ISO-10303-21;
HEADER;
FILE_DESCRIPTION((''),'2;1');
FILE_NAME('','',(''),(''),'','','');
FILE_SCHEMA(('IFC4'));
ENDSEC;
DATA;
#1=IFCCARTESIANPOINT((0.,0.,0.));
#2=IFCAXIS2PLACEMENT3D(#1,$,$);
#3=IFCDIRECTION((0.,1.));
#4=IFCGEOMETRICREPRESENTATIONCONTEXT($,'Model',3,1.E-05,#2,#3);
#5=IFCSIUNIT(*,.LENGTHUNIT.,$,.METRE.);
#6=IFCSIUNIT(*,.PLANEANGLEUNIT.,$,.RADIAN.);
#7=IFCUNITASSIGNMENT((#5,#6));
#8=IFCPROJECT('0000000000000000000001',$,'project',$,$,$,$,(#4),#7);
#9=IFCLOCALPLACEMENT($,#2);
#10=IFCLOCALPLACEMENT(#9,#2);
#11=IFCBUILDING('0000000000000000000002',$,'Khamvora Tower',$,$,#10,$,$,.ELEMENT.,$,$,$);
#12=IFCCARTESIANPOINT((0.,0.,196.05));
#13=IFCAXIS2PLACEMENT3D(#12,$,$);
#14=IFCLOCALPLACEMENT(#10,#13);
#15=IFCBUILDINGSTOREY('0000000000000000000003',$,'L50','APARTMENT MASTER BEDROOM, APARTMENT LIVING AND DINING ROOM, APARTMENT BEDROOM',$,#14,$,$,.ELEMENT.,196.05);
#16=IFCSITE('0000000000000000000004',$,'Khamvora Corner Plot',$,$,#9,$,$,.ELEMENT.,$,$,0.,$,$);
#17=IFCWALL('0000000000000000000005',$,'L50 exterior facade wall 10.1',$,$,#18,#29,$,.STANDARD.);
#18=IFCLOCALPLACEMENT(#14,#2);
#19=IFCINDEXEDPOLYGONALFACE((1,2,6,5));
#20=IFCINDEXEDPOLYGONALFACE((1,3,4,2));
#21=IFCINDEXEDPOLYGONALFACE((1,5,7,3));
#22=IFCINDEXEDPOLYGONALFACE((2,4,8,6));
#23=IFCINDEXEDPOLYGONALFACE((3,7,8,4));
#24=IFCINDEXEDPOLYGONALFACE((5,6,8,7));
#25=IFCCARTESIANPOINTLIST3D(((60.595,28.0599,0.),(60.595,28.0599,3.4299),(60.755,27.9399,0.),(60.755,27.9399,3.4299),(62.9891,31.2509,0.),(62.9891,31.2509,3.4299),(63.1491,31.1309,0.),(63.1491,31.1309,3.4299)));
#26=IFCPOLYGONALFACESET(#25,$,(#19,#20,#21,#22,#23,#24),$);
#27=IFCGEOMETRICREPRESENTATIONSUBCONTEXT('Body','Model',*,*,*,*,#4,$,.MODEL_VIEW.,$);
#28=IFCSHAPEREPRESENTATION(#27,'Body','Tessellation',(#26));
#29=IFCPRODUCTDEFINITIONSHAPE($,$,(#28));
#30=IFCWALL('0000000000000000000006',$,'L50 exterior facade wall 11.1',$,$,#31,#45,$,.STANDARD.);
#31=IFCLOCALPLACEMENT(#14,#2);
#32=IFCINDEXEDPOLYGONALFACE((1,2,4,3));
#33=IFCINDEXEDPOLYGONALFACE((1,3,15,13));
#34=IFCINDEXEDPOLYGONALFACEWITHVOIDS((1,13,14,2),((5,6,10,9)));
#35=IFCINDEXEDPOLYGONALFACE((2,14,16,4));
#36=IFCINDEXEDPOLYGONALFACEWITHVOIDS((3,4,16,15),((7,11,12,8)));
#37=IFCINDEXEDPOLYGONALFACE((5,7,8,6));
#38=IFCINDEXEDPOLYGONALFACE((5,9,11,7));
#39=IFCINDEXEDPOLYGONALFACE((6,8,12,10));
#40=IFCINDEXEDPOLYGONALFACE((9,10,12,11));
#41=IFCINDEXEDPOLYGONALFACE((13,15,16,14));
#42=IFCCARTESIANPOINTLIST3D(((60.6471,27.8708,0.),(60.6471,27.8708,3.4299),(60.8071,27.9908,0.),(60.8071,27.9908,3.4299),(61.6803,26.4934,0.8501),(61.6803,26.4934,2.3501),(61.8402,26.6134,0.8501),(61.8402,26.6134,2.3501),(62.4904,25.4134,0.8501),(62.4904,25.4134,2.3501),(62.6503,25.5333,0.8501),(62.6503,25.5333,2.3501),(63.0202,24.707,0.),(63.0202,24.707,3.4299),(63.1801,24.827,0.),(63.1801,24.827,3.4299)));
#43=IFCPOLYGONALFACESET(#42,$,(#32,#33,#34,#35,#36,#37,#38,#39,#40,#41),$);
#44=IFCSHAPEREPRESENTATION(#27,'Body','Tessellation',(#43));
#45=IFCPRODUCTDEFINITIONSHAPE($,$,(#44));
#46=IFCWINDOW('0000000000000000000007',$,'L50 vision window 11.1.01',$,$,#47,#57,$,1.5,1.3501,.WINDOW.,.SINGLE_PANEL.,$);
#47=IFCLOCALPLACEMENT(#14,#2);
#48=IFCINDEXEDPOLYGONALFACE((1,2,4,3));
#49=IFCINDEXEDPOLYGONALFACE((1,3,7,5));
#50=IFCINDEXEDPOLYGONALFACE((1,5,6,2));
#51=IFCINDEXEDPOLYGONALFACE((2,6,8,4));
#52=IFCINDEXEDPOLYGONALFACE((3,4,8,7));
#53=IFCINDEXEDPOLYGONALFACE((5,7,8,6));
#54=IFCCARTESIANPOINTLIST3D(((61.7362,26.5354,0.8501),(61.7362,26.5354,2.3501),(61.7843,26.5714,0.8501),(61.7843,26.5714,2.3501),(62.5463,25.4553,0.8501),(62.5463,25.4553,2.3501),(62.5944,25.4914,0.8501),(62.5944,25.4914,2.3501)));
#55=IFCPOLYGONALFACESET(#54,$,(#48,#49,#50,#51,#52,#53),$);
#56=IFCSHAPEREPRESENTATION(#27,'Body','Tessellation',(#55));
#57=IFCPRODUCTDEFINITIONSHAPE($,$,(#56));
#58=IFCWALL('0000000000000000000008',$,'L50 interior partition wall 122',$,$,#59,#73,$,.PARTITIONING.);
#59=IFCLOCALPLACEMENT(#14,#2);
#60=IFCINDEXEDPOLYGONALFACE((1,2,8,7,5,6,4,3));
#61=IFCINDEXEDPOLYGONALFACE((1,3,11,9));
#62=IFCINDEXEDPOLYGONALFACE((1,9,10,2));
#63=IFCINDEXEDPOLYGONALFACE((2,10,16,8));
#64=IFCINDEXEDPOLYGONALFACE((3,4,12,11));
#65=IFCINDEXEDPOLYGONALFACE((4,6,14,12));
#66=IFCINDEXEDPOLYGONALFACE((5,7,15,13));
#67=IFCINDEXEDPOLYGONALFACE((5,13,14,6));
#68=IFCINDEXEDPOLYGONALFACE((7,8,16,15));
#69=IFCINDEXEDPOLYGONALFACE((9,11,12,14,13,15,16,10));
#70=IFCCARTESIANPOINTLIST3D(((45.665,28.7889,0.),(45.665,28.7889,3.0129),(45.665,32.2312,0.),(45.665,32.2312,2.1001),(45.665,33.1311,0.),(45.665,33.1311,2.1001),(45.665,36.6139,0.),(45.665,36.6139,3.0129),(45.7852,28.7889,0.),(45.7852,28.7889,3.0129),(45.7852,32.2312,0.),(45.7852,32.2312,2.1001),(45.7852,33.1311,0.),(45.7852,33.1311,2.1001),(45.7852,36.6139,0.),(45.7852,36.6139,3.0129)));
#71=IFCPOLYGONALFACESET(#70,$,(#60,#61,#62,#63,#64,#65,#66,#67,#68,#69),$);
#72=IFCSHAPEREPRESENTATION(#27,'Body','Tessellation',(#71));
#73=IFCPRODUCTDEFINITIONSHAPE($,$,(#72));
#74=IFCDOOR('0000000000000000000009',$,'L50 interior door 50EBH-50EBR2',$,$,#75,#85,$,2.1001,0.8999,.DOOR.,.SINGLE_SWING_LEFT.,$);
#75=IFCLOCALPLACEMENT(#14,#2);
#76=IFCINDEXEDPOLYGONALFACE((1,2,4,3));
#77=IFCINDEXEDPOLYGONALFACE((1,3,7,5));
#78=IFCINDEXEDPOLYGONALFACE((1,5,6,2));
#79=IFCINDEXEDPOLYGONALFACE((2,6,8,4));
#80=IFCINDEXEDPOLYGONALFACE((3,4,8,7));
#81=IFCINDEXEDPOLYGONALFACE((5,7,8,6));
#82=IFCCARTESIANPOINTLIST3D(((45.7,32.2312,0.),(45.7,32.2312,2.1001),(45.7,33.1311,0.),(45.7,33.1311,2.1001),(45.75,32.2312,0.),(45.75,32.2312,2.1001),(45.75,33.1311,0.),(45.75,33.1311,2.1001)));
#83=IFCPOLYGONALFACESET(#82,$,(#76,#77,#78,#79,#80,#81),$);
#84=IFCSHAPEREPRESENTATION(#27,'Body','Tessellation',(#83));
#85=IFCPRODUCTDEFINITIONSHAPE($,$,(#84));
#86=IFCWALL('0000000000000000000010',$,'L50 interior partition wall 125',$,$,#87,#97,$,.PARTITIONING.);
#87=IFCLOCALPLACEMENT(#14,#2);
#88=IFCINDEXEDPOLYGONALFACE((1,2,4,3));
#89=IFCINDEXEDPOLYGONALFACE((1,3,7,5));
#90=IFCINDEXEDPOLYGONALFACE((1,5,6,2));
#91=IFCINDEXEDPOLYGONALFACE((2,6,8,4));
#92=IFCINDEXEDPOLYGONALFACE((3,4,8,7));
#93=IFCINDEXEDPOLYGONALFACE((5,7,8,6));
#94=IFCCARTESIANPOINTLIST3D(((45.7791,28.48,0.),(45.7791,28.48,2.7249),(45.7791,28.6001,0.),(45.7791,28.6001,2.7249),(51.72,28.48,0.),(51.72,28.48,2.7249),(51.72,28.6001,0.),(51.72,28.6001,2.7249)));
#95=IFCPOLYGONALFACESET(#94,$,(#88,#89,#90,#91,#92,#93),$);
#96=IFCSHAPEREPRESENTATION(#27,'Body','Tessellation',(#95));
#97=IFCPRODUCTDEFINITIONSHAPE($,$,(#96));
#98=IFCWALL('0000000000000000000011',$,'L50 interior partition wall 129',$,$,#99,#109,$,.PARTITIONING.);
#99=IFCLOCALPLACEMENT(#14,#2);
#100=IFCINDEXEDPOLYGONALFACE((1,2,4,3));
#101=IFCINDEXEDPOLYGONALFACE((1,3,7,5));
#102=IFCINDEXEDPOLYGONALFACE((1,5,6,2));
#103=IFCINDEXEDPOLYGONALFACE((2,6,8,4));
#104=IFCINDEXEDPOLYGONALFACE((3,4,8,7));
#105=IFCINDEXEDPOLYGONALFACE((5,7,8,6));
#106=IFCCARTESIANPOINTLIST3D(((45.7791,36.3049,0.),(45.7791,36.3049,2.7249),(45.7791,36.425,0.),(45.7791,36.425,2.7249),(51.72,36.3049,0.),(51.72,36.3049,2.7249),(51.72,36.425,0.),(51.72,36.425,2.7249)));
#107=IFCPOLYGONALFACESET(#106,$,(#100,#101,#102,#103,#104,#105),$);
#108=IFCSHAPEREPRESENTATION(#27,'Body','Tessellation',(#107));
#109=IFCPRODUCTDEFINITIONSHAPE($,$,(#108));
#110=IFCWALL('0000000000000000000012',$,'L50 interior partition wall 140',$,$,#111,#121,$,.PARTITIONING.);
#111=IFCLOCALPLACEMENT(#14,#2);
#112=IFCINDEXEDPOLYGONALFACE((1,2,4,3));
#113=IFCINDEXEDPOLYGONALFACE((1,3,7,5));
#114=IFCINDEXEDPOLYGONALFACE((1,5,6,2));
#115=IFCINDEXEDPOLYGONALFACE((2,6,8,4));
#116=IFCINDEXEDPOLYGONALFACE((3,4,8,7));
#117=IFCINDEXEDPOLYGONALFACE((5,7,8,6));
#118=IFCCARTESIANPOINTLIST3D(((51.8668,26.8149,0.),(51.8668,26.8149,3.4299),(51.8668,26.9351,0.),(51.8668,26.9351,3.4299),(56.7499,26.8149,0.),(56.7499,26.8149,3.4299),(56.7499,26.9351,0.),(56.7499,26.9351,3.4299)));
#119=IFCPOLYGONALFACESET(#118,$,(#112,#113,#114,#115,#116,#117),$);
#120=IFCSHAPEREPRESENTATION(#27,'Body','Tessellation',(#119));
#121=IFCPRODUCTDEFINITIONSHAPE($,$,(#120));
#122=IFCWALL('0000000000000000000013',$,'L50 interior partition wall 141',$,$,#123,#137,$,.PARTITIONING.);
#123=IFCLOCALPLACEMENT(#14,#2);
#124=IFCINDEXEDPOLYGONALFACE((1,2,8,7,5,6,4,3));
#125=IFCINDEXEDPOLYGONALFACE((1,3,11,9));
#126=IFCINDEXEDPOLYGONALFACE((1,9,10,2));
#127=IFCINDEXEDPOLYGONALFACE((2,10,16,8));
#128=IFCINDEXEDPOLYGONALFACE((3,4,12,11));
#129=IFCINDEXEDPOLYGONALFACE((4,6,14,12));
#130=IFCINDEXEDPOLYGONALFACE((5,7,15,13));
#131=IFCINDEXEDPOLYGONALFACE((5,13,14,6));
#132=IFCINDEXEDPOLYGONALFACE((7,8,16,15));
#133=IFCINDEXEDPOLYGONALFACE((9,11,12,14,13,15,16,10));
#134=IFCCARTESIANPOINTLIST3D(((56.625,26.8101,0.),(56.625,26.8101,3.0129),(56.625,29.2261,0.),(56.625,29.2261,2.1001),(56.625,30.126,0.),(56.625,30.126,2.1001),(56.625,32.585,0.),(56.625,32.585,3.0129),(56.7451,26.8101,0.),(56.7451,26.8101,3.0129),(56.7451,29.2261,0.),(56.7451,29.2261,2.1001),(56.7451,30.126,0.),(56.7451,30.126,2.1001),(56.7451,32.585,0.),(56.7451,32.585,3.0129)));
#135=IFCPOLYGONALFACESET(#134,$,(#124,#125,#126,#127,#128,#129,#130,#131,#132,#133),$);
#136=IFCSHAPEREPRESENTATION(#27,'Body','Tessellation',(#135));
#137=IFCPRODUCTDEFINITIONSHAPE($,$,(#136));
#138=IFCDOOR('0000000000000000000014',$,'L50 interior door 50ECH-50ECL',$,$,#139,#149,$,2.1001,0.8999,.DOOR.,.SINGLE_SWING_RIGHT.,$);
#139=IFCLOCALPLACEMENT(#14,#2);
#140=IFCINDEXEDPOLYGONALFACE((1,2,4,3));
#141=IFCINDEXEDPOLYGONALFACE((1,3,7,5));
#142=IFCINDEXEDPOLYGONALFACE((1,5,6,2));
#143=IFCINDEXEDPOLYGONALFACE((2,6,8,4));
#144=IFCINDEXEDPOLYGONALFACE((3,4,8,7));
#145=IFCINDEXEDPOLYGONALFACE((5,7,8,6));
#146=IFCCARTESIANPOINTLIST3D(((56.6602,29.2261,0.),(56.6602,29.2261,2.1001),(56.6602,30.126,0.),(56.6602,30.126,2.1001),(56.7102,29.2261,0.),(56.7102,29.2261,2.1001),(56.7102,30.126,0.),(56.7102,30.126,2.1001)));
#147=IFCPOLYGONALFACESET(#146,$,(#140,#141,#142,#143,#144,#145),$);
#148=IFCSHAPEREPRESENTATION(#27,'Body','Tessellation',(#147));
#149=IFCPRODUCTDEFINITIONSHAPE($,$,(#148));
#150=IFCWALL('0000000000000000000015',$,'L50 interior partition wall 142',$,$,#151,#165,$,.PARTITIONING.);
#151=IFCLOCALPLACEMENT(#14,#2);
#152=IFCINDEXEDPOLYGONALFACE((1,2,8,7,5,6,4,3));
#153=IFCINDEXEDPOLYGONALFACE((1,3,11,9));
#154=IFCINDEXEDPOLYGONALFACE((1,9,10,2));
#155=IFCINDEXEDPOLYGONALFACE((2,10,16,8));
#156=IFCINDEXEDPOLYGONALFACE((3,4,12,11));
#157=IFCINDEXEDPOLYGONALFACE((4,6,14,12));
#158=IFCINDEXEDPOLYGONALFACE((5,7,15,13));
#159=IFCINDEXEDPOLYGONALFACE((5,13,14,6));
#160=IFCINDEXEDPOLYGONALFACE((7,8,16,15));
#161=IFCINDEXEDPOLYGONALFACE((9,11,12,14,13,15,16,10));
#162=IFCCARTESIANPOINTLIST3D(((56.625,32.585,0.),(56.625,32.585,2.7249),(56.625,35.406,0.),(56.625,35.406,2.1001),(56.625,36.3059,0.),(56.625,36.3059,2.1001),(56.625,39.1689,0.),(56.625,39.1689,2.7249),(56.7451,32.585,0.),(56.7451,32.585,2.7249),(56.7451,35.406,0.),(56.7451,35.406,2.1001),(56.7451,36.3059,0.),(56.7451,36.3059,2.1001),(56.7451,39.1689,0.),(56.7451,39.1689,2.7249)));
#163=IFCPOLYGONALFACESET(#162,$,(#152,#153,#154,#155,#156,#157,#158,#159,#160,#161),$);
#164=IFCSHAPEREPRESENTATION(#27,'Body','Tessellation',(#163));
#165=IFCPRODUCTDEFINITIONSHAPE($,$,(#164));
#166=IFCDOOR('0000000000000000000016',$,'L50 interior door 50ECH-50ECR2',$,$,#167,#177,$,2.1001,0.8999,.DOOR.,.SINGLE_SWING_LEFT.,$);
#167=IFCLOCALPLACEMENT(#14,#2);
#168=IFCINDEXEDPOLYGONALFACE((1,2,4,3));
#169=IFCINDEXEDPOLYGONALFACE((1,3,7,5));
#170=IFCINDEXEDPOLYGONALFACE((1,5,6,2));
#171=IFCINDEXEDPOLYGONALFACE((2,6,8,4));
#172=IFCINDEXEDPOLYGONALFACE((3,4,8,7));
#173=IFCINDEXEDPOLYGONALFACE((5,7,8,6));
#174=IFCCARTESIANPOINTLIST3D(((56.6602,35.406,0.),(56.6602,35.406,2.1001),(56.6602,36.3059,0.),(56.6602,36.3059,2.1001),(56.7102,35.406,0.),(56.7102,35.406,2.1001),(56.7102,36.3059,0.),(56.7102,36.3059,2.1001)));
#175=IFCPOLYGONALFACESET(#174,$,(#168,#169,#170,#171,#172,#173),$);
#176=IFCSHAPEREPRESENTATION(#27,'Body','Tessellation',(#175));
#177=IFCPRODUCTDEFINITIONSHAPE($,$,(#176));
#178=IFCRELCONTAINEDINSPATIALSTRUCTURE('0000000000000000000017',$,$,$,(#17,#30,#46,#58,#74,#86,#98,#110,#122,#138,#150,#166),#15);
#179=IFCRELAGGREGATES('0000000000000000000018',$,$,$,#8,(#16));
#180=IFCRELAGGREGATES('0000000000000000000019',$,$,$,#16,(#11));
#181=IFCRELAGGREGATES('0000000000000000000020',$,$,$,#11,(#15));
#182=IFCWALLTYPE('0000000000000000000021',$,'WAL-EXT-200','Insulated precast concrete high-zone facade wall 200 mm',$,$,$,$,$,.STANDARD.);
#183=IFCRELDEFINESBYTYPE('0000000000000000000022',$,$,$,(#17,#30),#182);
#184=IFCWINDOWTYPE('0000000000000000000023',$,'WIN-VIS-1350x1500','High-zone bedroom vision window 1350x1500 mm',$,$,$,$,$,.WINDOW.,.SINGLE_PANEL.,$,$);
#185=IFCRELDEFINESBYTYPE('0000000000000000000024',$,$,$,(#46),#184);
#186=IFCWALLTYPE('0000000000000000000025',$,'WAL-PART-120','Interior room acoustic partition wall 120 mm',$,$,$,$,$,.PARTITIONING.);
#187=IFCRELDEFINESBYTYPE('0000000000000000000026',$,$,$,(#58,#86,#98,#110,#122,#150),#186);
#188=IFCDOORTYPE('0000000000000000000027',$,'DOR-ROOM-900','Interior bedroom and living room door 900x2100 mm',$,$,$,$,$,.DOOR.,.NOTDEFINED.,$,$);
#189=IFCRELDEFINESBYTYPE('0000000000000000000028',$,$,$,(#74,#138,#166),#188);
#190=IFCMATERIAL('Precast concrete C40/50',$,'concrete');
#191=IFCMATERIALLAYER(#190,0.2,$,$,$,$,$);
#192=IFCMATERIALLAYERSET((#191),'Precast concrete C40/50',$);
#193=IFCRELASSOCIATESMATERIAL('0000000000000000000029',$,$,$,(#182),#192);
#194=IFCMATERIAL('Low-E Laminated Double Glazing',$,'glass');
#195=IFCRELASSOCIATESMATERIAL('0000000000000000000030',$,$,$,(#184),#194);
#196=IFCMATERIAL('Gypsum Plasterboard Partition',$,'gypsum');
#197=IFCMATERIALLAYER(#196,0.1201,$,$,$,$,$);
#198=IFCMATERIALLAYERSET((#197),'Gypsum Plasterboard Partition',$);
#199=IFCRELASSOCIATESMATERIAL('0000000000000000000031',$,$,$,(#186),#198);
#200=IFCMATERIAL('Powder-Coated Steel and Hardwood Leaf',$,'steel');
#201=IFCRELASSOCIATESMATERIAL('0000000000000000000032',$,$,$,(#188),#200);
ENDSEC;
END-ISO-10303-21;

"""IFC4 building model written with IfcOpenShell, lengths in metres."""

from ifc_helpers import new_model, si_unit, direction, frame, frame_2d, origin, place, context, subcontext, project, spatial, rectangle, extrude, material, layer, layer_set, type_object, element, fill, save


model = new_model("IFC4")

# Units and contexts
model_context = context("Model", 3, precision=1e-05, world=origin(), true_north=direction((0.0, 1.0)))
body_context = subcontext(model_context, "Body", "Model", "MODEL_VIEW")
ifc_project = project(units=[si_unit("LENGTHUNIT", "METRE"), si_unit("PLANEANGLEUNIT", "RADIAN")], contexts=[model_context])

# Site, building, storey
site_placement = place(None, origin())
site = spatial("IfcSite", under=ifc_project, at=site_placement, Name="Khamvora Corner Plot", CompositionType="ELEMENT", RefElevation=0.0)
building_placement = place(site_placement, origin())
building = spatial("IfcBuilding", under=site, at=building_placement, Name="Khamvora Tower", CompositionType="ELEMENT")
storey_placement = place(building_placement, frame((0.0, 0.0, 196.05)))
storey = spatial("IfcBuildingStorey", under=building, at=storey_placement, Name="L50", Description="APARTMENT MASTER BEDROOM, APARTMENT LIVING AND DINING ROOM, APARTMENT BEDROOM", CompositionType="ELEMENT", Elevation=196.05)

# Wall
ifc_material_1 = material(Name="Precast concrete C40/50", Category="concrete")
ifc_layer_1 = layer(ifc_material_1, 0.2)
ifc_layer_set_1 = layer_set([ifc_layer_1], Name="Precast concrete C40/50")
wall_type_1 = type_object("IfcWallType", Name="WAL-EXT-200", Description="Insulated precast concrete high-zone facade wall 200 mm", PredefinedType="STANDARD", material=ifc_layer_set_1)
wall_1_placement = place(storey_placement, frame((63.0691, 31.1909, 0.0), z_axis=(0.0, 0.0, 1.0), x_axis=(-0.600137, -0.799897, 0.0)))
element("IfcWall", 1, at=wall_1_placement, inside=storey, type_object=wall_type_1, Name="L50 exterior facade wall 10.1", PredefinedType="STANDARD", context=body_context, shape_type="SweptSolid", body=[
    extrude(rectangle(XDim=3.9893, YDim=0.2, at=frame_2d((1.9946, 0.0))), origin(), (0.0, 0.0, 1.0), 3.4299),
])

# Wall, opening, window
wall_2_placement = place(storey_placement, frame((60.7271, 27.9309, 0.0), z_axis=(0.0, 0.0, 1.0), x_axis=(0.60003, -0.799978, 0.0)))
wall_2 = element("IfcWall", 2, at=wall_2_placement, inside=storey, type_object=wall_type_1, Name="L50 exterior facade wall 11.1", PredefinedType="STANDARD", context=body_context, shape_type="SweptSolid", body=[
    extrude(rectangle(XDim=3.9548, YDim=0.2, at=frame_2d((1.9775, 0.0))), origin(), (0.0, 0.0, 1.0), 3.4299),
])
opening_1_placement = place(wall_2_placement, frame((1.7219, 0.0, 0.8501)))
opening_1 = element("IfcOpeningElement", 3, at=opening_1_placement, cuts=wall_2, PredefinedType="OPENING", context=body_context, shape_type="SweptSolid", body=[
    extrude(rectangle(XDim=1.3501, YDim=1.5, at=frame_2d((0.675, 0.75))), frame((0.0, 0.1099, 0.0), z_axis=(0.0, -1.0, 0.0), x_axis=(1.0, 0.0, 0.0)), (0.0, 0.0, 1.0), 0.22),
])
ifc_material_2 = material(Name="Low-E Laminated Double Glazing", Category="glass")
window_type = type_object("IfcWindowType", Name="WIN-VIS-1350x1500", Description="High-zone bedroom vision window 1350x1500 mm", PartitioningType="SINGLE_PANEL", PredefinedType="WINDOW", material=ifc_material_2)
window_placement = place(opening_1_placement, origin())
window = element("IfcWindow", 4, at=window_placement, inside=storey, type_object=window_type, Name="L50 vision window 11.1.01", OverallHeight=1.5, OverallWidth=1.3501, PartitioningType="SINGLE_PANEL", PredefinedType="WINDOW", context=body_context, shape_type="SweptSolid", body=[
    extrude(rectangle(XDim=1.3501, YDim=1.5, at=frame_2d((0.675, 0.75))), frame((0.0, 0.03, 0.0), z_axis=(0.0, -1.0, 0.0), x_axis=(1.0, 0.0, 0.0)), (0.0, 0.0, 1.0), 0.0601),
])
fill(opening_1, window)

# Wall, opening, door
ifc_material_3 = material(Name="Gypsum Plasterboard Partition", Category="gypsum")
ifc_layer_2 = layer(ifc_material_3, 0.1201)
ifc_layer_set_2 = layer_set([ifc_layer_2], Name="Gypsum Plasterboard Partition")
wall_type_2 = type_object("IfcWallType", Name="WAL-PART-120", Description="Interior room acoustic partition wall 120 mm", PredefinedType="PARTITIONING", material=ifc_layer_set_2)
wall_3_placement = place(storey_placement, frame((45.7251, 36.614, 0.0), z_axis=(0.0, 0.0, 1.0), x_axis=(0.0, -1.0, 0.0)))
wall_3 = element("IfcWall", 5, at=wall_3_placement, inside=storey, type_object=wall_type_2, Name="L50 interior partition wall 122", PredefinedType="PARTITIONING", context=body_context, shape_type="SweptSolid", body=[
    extrude(rectangle(XDim=7.825, YDim=0.1201, at=frame_2d((3.9126, 0.0))), origin(), (0.0, 0.0, 1.0), 3.0129),
])
opening_2_placement = place(wall_3_placement, frame((3.4829, 0.0, 0.0)))
opening_2 = element("IfcOpeningElement", 6, at=opening_2_placement, cuts=wall_3, PredefinedType="OPENING", context=body_context, shape_type="SweptSolid", body=[
    extrude(rectangle(XDim=0.8999, YDim=2.1001, at=frame_2d((0.45, 1.05))), frame((0.0, 0.0701, 0.0), z_axis=(0.0, -1.0, 0.0), x_axis=(1.0, 0.0, 0.0)), (0.0, 0.0, 1.0), 0.1401),
])
ifc_material_4 = material(Name="Powder-Coated Steel and Hardwood Leaf", Category="steel")
door_type = type_object("IfcDoorType", Name="DOR-ROOM-900", Description="Interior bedroom and living room door 900x2100 mm", OperationType="NOTDEFINED", PredefinedType="DOOR", material=ifc_material_4)
door_1_placement = place(opening_2_placement, origin())
door_1 = element("IfcDoor", 7, at=door_1_placement, inside=storey, type_object=door_type, Name="L50 interior door 50EBH-50EBR2", OperationType="SINGLE_SWING_LEFT", OverallHeight=2.1001, OverallWidth=0.8999, PredefinedType="DOOR", context=body_context, shape_type="SweptSolid", body=[
    extrude(rectangle(XDim=0.8999, YDim=2.1001, at=frame_2d((0.45, 1.05))), frame((0.0, 0.0249, 0.0), z_axis=(0.0, -1.0, 0.0), x_axis=(1.0, 0.0, 0.0)), (0.0, 0.0, 1.0), 0.05),
])
fill(opening_2, door_1)

# Walls
for number, where, z_axis, x_axis, name in (
    (8, (45.7791, 28.54, 0.0), (0.0, 0.0, 1.0), (1.0, 0.0, 0.0), "L50 interior partition wall 125"),
    (9, (45.7791, 36.365, 0.0), (0.0, 0.0, 1.0), (1.0, 0.0, 0.0), "L50 interior partition wall 129"),
):
    element("IfcWall", number, at=place(storey_placement, frame(where, z_axis=z_axis, x_axis=x_axis)), inside=storey, type_object=wall_type_2, Name=name, PredefinedType="PARTITIONING", context=body_context, shape_type="SweptSolid", body=[
        extrude(rectangle(XDim=5.9409, YDim=0.1201, at=frame_2d((2.9705, 0.0))), origin(), (0.0, 0.0, 1.0), 2.7249),
    ])
wall_4_placement = place(storey_placement, frame((51.8669, 26.875, 0.0), z_axis=(0.0, 0.0, 1.0), x_axis=(1.0, 0.0, 0.0)))
element("IfcWall", 10, at=wall_4_placement, inside=storey, type_object=wall_type_2, Name="L50 interior partition wall 140", PredefinedType="PARTITIONING", context=body_context, shape_type="SweptSolid", body=[
    extrude(rectangle(XDim=4.8831, YDim=0.1201, at=frame_2d((2.4414, 0.0))), origin(), (0.0, 0.0, 1.0), 3.4299),
])

# Walls, openings, doors
wall_5_placement = place(storey_placement, frame((56.6851, 26.8101, 0.0), z_axis=(0.0, 0.0, 1.0), x_axis=(0.0, 1.0, 0.0)))
wall_5 = element("IfcWall", 11, at=wall_5_placement, inside=storey, type_object=wall_type_2, Name="L50 interior partition wall 141", PredefinedType="PARTITIONING", context=body_context, shape_type="SweptSolid", body=[
    extrude(rectangle(XDim=5.7749, YDim=0.1201, at=frame_2d((2.8875, 0.0))), origin(), (0.0, 0.0, 1.0), 3.0129),
])
opening_3_placement = place(wall_5_placement, frame((2.416, 0.0, 0.0)))
opening_3 = element("IfcOpeningElement", 12, at=opening_3_placement, cuts=wall_5, PredefinedType="OPENING", context=body_context, shape_type="SweptSolid", body=[
    extrude(rectangle(XDim=0.8999, YDim=2.1001, at=frame_2d((0.45, 1.05))), frame((0.0, 0.0701, 0.0), z_axis=(0.0, -1.0, 0.0), x_axis=(1.0, 0.0, 0.0)), (0.0, 0.0, 1.0), 0.1401),
])
door_2_placement = place(opening_3_placement, origin())
door_2 = element("IfcDoor", 13, at=door_2_placement, inside=storey, type_object=door_type, Name="L50 interior door 50ECH-50ECL", OperationType="SINGLE_SWING_RIGHT", OverallHeight=2.1001, OverallWidth=0.8999, PredefinedType="DOOR", context=body_context, shape_type="SweptSolid", body=[
    extrude(rectangle(XDim=0.8999, YDim=2.1001, at=frame_2d((0.45, 1.05))), frame((0.0, 0.0249, 0.0), z_axis=(0.0, -1.0, 0.0), x_axis=(1.0, 0.0, 0.0)), (0.0, 0.0, 1.0), 0.05),
])
fill(opening_3, door_2)
wall_6_placement = place(storey_placement, frame((56.6851, 32.585, 0.0), z_axis=(0.0, 0.0, 1.0), x_axis=(0.0, 1.0, 0.0)))
wall_6 = element("IfcWall", 14, at=wall_6_placement, inside=storey, type_object=wall_type_2, Name="L50 interior partition wall 142", PredefinedType="PARTITIONING", context=body_context, shape_type="SweptSolid", body=[
    extrude(rectangle(XDim=6.584, YDim=0.1201, at=frame_2d((3.292, 0.0))), origin(), (0.0, 0.0, 1.0), 2.7249),
])
opening_4_placement = place(wall_6_placement, frame((2.821, 0.0, 0.0)))
opening_4 = element("IfcOpeningElement", 15, at=opening_4_placement, cuts=wall_6, PredefinedType="OPENING", context=body_context, shape_type="SweptSolid", body=[
    extrude(rectangle(XDim=0.8999, YDim=2.1001, at=frame_2d((0.45, 1.05))), frame((0.0, 0.0701, 0.0), z_axis=(0.0, -1.0, 0.0), x_axis=(1.0, 0.0, 0.0)), (0.0, 0.0, 1.0), 0.1401),
])
door_3_placement = place(opening_4_placement, origin())
door_3 = element("IfcDoor", 16, at=door_3_placement, inside=storey, type_object=door_type, Name="L50 interior door 50ECH-50ECR2", OperationType="SINGLE_SWING_LEFT", OverallHeight=2.1001, OverallWidth=0.8999, PredefinedType="DOOR", context=body_context, shape_type="SweptSolid", body=[
    extrude(rectangle(XDim=0.8999, YDim=2.1001, at=frame_2d((0.45, 1.05))), frame((0.0, 0.0249, 0.0), z_axis=(0.0, -1.0, 0.0), x_axis=(1.0, 0.0, 0.0)), (0.0, 0.0, 1.0), 0.05),
])
fill(opening_4, door_3)

save(model, "model.ifc")
